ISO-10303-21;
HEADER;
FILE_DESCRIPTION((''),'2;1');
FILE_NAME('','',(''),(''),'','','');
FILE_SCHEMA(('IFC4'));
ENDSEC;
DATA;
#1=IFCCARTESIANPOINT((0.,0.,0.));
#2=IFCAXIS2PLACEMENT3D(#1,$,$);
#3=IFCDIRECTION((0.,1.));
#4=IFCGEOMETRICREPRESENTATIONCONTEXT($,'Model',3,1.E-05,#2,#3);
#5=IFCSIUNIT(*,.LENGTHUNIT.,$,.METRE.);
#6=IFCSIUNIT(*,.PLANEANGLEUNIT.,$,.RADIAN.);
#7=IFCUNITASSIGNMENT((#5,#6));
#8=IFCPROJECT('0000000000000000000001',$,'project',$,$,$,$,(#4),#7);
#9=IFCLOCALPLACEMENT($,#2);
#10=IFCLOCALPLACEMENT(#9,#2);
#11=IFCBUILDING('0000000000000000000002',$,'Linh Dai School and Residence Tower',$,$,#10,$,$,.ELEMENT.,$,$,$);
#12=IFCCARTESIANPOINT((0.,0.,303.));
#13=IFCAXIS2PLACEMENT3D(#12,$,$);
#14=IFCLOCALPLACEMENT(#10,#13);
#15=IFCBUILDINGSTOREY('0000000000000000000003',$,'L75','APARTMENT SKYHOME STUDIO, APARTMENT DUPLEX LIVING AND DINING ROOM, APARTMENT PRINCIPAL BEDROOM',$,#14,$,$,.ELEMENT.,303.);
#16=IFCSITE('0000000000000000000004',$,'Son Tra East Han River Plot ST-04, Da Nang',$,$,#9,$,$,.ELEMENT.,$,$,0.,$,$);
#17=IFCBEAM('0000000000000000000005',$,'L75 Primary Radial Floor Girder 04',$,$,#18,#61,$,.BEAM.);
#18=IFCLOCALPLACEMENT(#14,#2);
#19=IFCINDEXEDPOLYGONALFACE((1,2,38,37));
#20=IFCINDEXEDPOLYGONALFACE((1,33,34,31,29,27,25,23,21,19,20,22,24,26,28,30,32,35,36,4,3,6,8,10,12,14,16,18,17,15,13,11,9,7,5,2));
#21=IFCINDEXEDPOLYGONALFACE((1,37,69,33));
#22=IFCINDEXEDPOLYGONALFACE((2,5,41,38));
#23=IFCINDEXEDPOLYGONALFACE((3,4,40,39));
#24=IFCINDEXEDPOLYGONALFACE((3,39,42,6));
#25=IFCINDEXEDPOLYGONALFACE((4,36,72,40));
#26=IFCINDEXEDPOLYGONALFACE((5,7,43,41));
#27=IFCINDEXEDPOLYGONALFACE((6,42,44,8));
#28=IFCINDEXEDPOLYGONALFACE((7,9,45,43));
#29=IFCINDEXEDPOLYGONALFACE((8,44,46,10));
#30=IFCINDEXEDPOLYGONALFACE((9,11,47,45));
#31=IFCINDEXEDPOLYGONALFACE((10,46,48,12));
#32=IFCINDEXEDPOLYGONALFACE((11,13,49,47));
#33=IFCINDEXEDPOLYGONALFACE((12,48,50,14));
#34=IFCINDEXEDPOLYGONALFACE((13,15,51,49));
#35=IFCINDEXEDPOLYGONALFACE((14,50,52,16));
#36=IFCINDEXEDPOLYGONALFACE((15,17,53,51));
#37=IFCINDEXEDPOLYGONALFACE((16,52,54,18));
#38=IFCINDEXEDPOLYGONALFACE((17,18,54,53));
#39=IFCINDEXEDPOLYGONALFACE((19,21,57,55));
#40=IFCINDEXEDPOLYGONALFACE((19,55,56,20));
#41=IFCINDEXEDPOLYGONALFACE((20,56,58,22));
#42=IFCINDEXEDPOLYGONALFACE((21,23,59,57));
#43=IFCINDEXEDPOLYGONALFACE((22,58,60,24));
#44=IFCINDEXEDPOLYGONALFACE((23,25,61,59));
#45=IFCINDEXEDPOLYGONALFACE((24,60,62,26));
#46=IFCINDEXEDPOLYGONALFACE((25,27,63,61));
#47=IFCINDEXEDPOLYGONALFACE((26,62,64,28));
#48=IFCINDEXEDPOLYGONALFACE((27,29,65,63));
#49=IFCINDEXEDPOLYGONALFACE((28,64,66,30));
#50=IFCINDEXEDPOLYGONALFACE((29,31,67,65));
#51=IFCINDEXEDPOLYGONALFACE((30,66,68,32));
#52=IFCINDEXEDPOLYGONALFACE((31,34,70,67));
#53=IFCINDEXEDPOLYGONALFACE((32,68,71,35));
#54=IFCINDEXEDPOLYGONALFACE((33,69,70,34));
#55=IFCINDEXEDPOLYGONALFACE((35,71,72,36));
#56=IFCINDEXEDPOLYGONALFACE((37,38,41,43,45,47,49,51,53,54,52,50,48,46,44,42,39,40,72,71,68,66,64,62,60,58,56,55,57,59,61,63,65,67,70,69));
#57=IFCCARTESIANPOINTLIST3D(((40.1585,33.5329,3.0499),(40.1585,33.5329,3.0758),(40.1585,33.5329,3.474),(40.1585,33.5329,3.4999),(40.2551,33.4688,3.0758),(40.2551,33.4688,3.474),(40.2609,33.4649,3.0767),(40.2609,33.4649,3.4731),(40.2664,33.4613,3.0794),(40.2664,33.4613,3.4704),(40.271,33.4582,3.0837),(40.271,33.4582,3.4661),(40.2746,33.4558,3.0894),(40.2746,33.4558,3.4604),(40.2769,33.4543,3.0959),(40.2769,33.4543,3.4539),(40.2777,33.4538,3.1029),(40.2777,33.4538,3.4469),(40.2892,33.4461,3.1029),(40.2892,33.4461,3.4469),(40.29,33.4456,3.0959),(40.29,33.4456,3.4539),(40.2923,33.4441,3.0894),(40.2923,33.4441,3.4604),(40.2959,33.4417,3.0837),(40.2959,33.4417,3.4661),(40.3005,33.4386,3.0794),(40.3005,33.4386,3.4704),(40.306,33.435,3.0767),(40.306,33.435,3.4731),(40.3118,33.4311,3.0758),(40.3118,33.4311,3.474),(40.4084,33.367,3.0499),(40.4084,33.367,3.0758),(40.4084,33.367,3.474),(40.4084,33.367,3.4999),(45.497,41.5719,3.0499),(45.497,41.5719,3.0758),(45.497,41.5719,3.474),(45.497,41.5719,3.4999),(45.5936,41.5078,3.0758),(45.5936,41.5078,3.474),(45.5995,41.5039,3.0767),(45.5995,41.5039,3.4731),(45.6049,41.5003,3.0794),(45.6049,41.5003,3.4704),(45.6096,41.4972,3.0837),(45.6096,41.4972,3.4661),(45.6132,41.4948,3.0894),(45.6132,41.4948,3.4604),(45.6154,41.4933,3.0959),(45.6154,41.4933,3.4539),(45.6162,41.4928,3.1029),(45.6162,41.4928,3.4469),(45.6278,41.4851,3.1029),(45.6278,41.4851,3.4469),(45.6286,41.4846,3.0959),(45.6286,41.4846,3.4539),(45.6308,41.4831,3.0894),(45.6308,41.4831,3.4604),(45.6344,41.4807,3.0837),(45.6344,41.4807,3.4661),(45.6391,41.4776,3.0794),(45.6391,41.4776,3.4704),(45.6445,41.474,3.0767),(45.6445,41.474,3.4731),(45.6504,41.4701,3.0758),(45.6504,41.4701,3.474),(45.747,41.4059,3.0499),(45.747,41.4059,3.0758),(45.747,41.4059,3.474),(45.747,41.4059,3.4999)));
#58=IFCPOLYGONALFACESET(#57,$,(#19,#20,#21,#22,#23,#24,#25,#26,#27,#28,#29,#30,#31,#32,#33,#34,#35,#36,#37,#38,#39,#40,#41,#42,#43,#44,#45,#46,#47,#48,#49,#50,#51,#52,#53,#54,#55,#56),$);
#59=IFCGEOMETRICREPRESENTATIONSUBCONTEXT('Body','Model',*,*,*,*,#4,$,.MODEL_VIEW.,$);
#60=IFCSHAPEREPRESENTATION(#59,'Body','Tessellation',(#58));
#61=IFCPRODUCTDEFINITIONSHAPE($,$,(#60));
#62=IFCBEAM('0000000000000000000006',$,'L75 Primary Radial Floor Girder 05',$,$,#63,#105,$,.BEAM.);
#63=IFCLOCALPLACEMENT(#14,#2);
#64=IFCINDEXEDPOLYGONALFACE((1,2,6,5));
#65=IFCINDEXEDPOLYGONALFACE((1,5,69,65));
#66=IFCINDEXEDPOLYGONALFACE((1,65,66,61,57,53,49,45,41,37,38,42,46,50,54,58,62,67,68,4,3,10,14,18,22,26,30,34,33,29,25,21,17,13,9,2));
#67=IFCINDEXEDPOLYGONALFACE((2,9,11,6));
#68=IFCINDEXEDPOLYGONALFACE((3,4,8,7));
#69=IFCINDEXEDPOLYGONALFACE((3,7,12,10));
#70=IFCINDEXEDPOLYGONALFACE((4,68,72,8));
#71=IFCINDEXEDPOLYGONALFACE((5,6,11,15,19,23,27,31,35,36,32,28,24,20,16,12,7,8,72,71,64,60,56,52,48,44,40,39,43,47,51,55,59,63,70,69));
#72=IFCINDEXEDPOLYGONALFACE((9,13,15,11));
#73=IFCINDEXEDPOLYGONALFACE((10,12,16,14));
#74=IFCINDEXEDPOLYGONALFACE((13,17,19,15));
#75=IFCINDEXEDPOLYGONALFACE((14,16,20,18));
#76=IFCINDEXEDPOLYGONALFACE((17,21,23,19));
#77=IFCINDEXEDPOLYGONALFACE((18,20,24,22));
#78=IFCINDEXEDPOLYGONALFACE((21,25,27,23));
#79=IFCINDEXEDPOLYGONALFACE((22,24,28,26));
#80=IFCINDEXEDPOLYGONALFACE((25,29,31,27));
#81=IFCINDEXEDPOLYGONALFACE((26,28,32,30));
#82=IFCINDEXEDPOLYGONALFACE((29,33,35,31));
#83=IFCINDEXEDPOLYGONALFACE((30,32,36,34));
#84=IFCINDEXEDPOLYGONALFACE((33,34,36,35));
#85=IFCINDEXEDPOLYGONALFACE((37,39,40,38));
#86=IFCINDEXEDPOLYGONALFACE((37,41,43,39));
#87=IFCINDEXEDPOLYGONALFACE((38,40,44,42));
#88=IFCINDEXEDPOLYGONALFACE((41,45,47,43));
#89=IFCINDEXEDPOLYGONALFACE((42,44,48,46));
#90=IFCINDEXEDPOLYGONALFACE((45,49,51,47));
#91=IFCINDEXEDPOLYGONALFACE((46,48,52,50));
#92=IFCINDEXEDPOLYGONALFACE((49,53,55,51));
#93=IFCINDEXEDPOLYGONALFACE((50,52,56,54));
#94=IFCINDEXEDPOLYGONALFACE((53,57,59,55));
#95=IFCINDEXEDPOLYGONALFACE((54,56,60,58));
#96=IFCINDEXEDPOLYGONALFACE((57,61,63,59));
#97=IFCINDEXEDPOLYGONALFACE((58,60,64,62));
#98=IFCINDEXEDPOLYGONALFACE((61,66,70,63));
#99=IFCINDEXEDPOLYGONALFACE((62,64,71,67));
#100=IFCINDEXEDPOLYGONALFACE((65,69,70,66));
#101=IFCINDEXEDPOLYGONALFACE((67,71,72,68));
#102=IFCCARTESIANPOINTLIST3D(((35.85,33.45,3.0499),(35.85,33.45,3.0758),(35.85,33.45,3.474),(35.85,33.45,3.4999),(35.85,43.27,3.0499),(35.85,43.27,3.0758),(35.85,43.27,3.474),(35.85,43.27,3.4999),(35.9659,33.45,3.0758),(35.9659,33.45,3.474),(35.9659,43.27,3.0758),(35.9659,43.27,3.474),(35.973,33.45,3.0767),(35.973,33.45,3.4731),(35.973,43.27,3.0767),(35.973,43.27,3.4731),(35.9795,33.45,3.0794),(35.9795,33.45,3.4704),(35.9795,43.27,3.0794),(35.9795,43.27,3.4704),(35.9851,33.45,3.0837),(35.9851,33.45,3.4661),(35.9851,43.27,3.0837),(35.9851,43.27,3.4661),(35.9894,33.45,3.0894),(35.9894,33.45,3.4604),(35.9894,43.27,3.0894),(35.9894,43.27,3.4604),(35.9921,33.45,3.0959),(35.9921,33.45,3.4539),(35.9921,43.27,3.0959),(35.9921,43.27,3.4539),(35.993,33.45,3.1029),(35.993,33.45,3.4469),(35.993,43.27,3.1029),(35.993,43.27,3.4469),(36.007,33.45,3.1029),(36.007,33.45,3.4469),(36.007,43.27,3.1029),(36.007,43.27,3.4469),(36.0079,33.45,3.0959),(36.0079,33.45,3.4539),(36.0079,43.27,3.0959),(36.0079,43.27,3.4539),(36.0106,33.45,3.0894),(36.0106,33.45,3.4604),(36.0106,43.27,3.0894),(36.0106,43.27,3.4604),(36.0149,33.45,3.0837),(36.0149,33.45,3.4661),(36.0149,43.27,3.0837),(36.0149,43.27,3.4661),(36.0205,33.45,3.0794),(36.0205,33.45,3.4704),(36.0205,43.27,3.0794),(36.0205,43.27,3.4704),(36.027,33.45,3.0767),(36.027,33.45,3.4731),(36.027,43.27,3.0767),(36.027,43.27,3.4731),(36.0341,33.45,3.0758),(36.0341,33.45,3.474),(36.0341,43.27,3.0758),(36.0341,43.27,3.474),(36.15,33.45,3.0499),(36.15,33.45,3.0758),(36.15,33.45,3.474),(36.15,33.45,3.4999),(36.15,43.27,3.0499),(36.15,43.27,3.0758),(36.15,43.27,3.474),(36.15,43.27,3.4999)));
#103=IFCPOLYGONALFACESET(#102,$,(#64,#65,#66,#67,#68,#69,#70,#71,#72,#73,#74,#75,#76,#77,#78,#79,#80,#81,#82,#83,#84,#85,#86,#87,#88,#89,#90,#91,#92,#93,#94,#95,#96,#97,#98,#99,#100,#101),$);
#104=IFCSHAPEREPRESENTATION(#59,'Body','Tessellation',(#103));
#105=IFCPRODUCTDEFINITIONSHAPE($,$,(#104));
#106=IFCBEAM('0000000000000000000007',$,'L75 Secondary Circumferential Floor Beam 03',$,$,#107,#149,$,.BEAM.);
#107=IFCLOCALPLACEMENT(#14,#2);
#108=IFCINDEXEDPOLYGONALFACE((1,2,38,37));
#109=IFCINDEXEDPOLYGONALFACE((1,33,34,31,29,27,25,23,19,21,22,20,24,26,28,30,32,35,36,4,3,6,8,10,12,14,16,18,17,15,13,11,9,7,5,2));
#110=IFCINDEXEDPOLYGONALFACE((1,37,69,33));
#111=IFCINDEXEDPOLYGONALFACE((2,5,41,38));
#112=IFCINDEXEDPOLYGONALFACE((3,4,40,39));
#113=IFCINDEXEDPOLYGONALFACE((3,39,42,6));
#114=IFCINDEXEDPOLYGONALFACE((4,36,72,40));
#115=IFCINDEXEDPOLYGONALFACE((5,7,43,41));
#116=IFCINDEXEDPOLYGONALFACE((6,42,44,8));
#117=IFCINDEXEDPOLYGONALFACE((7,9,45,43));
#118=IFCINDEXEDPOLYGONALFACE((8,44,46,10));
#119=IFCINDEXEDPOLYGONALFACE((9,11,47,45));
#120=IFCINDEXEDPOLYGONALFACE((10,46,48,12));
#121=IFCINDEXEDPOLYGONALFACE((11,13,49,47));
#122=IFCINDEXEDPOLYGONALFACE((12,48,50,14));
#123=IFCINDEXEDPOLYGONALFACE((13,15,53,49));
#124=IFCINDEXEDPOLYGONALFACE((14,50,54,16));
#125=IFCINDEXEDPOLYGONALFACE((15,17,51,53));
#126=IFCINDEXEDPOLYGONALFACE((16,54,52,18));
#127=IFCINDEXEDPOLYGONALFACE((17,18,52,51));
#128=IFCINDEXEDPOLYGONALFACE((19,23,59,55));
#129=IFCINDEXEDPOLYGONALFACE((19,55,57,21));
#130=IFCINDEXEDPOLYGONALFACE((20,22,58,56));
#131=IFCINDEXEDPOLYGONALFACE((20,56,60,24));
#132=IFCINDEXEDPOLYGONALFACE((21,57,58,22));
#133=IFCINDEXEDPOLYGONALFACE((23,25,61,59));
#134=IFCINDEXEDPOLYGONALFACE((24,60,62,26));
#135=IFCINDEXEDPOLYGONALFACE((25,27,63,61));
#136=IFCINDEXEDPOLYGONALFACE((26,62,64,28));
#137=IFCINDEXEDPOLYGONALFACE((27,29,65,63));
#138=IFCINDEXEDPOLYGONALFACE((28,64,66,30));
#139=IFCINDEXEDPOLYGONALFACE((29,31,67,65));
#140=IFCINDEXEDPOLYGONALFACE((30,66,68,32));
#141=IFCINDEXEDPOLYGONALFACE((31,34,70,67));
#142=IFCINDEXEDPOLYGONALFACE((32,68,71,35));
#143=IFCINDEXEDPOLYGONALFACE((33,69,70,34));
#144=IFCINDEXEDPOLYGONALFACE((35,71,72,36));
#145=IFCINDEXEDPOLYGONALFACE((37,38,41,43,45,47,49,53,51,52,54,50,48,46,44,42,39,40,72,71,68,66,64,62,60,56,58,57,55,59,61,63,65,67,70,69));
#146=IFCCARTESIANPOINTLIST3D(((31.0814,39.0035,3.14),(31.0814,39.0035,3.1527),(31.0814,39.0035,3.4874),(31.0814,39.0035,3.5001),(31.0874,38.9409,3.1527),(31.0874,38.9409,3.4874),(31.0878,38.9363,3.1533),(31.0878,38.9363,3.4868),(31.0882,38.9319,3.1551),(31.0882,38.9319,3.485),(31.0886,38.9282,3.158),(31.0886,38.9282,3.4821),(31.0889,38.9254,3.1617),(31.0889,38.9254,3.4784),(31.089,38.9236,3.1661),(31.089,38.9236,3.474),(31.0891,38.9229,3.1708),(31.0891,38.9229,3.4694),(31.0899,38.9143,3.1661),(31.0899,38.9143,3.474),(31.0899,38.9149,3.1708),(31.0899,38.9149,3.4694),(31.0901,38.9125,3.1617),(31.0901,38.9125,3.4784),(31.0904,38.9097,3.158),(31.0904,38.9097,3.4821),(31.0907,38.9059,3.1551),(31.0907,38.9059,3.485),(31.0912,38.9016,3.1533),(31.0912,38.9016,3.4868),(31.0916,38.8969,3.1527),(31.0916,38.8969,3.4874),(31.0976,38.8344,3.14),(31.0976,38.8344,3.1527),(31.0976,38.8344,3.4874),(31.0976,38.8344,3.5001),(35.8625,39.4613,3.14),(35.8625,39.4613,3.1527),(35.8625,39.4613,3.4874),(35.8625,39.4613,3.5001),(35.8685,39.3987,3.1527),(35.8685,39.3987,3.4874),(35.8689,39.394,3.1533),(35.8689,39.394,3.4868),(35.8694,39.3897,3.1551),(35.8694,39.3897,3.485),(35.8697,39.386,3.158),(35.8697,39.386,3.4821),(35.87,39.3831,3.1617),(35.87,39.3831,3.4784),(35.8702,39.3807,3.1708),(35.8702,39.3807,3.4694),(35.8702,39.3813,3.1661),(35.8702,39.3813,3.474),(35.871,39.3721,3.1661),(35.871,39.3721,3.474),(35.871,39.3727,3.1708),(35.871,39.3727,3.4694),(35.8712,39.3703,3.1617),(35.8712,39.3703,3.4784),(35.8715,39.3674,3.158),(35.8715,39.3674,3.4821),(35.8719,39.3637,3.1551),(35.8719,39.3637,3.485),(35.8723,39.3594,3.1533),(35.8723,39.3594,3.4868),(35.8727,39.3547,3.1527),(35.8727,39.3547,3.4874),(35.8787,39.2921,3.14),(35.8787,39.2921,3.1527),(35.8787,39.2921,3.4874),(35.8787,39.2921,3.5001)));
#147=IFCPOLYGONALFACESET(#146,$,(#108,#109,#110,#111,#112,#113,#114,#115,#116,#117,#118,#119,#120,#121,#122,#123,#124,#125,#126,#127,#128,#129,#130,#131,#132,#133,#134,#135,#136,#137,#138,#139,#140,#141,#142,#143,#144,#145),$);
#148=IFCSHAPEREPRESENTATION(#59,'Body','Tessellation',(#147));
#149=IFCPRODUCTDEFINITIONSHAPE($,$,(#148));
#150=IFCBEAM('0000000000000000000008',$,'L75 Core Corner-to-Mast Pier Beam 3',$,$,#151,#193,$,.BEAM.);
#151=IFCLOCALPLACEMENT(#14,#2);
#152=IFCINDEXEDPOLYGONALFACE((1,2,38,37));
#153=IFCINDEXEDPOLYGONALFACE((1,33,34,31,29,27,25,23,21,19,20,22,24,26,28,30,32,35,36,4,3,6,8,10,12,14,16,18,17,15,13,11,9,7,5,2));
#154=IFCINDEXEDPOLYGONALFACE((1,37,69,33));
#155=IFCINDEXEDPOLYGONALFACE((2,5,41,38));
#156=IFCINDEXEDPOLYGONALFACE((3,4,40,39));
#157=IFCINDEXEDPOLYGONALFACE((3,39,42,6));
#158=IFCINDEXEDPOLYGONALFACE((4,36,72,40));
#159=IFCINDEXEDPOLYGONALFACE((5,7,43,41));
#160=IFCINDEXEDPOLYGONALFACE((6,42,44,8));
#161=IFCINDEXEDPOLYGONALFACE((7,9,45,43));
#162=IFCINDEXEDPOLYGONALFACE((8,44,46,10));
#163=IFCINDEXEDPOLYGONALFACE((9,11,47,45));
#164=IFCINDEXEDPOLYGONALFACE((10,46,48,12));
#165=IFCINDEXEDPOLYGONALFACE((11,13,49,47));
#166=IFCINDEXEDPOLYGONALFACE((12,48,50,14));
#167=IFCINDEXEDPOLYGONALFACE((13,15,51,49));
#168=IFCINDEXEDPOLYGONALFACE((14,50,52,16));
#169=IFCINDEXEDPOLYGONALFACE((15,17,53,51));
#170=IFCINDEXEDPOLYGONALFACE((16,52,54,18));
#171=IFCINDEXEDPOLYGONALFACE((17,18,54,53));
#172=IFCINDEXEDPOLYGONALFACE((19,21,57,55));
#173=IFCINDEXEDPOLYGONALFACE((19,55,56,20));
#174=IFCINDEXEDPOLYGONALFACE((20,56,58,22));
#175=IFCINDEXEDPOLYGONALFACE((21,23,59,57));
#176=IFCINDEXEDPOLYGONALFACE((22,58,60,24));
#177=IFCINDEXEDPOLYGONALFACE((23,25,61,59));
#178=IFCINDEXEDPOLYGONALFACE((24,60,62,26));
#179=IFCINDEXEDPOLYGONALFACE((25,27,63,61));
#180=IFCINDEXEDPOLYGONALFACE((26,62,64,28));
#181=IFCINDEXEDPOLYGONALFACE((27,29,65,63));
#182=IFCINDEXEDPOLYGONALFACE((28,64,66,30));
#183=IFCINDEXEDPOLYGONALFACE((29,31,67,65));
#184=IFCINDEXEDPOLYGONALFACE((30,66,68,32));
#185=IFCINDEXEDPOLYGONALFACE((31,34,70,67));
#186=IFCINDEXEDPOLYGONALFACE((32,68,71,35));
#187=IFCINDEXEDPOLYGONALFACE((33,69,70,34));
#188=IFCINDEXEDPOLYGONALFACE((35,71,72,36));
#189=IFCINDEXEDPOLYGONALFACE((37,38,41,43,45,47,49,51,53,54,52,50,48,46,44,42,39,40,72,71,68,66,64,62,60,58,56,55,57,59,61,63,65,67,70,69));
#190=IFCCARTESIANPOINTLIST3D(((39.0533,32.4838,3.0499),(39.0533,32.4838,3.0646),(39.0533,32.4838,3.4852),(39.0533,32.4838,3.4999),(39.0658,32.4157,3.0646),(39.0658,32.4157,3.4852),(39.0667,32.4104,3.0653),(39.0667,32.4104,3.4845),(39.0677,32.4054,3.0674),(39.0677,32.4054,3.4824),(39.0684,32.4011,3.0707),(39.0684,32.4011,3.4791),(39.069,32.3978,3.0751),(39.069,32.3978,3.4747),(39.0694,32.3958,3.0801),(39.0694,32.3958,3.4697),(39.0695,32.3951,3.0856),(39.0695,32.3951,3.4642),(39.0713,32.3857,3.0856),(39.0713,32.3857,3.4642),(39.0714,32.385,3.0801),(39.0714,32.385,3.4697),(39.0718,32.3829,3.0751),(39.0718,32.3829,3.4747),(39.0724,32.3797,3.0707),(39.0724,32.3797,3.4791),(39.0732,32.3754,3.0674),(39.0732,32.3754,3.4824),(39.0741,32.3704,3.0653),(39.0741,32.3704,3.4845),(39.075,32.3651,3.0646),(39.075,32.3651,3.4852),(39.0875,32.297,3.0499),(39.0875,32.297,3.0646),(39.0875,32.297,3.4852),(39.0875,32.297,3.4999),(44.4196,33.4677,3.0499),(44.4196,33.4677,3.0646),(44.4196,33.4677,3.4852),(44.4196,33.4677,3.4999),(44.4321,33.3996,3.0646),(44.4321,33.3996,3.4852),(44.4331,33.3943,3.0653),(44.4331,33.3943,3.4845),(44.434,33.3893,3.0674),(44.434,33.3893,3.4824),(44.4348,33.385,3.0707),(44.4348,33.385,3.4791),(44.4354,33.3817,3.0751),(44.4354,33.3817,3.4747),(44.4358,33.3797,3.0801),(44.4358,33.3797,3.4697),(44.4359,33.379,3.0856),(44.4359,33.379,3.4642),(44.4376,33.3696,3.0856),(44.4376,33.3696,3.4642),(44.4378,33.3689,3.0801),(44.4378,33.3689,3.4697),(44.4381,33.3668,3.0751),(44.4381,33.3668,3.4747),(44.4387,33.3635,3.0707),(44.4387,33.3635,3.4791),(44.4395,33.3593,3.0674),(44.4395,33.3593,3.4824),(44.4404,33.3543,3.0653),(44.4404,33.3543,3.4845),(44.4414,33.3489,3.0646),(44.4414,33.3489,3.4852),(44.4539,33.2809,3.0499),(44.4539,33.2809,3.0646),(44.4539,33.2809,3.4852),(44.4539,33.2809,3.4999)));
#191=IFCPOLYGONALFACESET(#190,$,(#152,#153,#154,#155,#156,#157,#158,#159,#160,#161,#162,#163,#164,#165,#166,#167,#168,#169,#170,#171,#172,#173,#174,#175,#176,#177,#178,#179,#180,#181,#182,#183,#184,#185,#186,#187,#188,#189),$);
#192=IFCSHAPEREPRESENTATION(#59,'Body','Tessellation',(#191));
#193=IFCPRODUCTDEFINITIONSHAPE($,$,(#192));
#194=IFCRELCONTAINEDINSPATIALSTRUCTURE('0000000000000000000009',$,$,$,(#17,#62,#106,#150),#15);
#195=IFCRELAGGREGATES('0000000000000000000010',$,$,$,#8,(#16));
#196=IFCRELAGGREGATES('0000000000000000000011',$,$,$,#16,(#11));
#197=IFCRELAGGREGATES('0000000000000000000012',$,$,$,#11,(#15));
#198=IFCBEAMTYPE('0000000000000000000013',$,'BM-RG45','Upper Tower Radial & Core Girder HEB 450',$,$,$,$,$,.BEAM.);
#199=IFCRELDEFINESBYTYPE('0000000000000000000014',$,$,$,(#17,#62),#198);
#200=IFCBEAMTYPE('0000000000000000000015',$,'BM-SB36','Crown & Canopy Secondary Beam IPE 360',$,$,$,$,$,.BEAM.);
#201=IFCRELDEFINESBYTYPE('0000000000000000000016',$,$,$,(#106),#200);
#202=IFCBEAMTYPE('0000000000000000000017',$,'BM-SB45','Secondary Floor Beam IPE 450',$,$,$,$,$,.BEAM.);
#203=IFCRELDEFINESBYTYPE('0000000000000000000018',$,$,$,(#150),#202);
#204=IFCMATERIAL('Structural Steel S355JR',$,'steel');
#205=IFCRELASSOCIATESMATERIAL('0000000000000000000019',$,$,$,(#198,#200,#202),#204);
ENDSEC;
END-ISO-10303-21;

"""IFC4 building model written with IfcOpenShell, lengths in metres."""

from ifc_helpers import new_model, si_unit, direction, frame, origin, origin_2d, place, context, subcontext, project, spatial, i_section, extrude, material, material_profile, profile_set, type_object, element, save


model = new_model("IFC4")

# Units and contexts
model_context = context("Model", 3, precision=1e-05, world=origin(), true_north=direction((0.0, 1.0)))
body_context = subcontext(model_context, "Body", "Model", "MODEL_VIEW")
ifc_project = project(units=[si_unit("LENGTHUNIT", "METRE"), si_unit("PLANEANGLEUNIT", "RADIAN")], contexts=[model_context])

# Site, building, storey
site_placement = place(None, origin())
site = spatial("IfcSite", under=ifc_project, at=site_placement, Name="Son Tra East Han River Plot ST-04, Da Nang", CompositionType="ELEMENT", RefElevation=0.0)
building_placement = place(site_placement, origin())
building = spatial("IfcBuilding", under=site, at=building_placement, Name="Linh Dai School and Residence Tower", CompositionType="ELEMENT")
storey_placement = place(building_placement, frame((0.0, 0.0, 303.0)))
storey = spatial("IfcBuildingStorey", under=building, at=storey_placement, Name="L75", Description="APARTMENT SKYHOME STUDIO, APARTMENT DUPLEX LIVING AND DINING ROOM, APARTMENT PRINCIPAL BEDROOM", CompositionType="ELEMENT", Elevation=303.0)

# Shared definitions
ifc_material_1 = material(Name="Structural Steel S355JR", Category="steel")

# Beams
ifc_material_profile_1 = material_profile(ifc_material_1, i_section(OverallWidth=0.3, OverallDepth=0.45, WebThickness=0.0139, FlangeThickness=0.0259, FilletRadius=0.0271, at=origin_2d()), Name="HEB 450")
ifc_profile_set_1 = profile_set([ifc_material_profile_1], Name="Structural Steel S355JR")
beam_type_1 = type_object("IfcBeamType", Name="BM-RG45", Description="Upper Tower Radial & Core Girder HEB 450", PredefinedType="BEAM", material=ifc_profile_set_1)
beam_1_placement = place(storey_placement, frame((40.2834, 33.45, 3.2749), z_axis=(0.553211, 0.833041, 0.0), x_axis=(-0.833041, 0.553211, 0.0)))
element("IfcBeam", 1, at=beam_1_placement, inside=storey, type_object=beam_type_1, Name="L75 Primary Radial Floor Girder 04", PredefinedType="BEAM", context=body_context, shape_type="SweptSolid", body=[
    extrude(i_section(OverallWidth=0.3, OverallDepth=0.45, WebThickness=0.0139, FlangeThickness=0.0259, FilletRadius=0.0271, at=origin_2d()), origin(), (0.0, 0.0, 1.0), 9.6501),
])
beam_2_placement = place(storey_placement, frame((36.0, 33.45, 3.2749), z_axis=(0.0, 1.0, 0.0), x_axis=(-1.0, 0.0, 0.0)))
element("IfcBeam", 2, at=beam_2_placement, inside=storey, type_object=beam_type_1, Name="L75 Primary Radial Floor Girder 05", PredefinedType="BEAM", context=body_context, shape_type="SweptSolid", body=[
    extrude(i_section(OverallWidth=0.3, OverallDepth=0.45, WebThickness=0.0139, FlangeThickness=0.0259, FilletRadius=0.0271, at=origin_2d()), origin(), (0.0, 0.0, 1.0), 9.8201),
])
ifc_material_profile_2 = material_profile(ifc_material_1, i_section(OverallWidth=0.1699, OverallDepth=0.3601, WebThickness=0.0081, FlangeThickness=0.0127, FilletRadius=0.0181, at=origin_2d()), Name="IPE 360")
ifc_profile_set_2 = profile_set([ifc_material_profile_2], Name="Structural Steel S355JR")
beam_type_2 = type_object("IfcBeamType", Name="BM-SB36", Description="Crown & Canopy Secondary Beam IPE 360", PredefinedType="BEAM", material=ifc_profile_set_2)
beam_3_placement = place(storey_placement, frame((35.8706, 39.3767, 3.3201), z_axis=(-0.995448, -0.09531, 0.0), x_axis=(0.09531, -0.995448, 0.0)))
element("IfcBeam", 3, at=beam_3_placement, inside=storey, type_object=beam_type_2, Name="L75 Secondary Circumferential Floor Beam 03", PredefinedType="BEAM", context=body_context, shape_type="SweptSolid", body=[
    extrude(i_section(OverallWidth=0.1699, OverallDepth=0.3601, WebThickness=0.0081, FlangeThickness=0.0127, FilletRadius=0.0181, at=origin_2d()), origin(), (0.0, 0.0, 1.0), 4.803),
])
ifc_material_profile_3 = material_profile(ifc_material_1, i_section(OverallWidth=0.1899, OverallDepth=0.45, WebThickness=0.0095, FlangeThickness=0.0146, FilletRadius=0.021, at=origin_2d()), Name="IPE 450")
ifc_profile_set_3 = profile_set([ifc_material_profile_3], Name="Structural Steel S355JR")
beam_type_3 = type_object("IfcBeamType", Name="BM-SB45", Description="Secondary Floor Beam IPE 450", PredefinedType="BEAM", material=ifc_profile_set_3)
beam_4_placement = place(storey_placement, frame((44.4368, 33.3743, 3.2749), z_axis=(-0.983605, -0.180334, 0.0), x_axis=(0.180334, -0.983605, 0.0)))
element("IfcBeam", 4, at=beam_4_placement, inside=storey, type_object=beam_type_3, Name="L75 Core Corner-to-Mast Pier Beam 3", PredefinedType="BEAM", context=body_context, shape_type="SweptSolid", body=[
    extrude(i_section(OverallWidth=0.1899, OverallDepth=0.45, WebThickness=0.0095, FlangeThickness=0.0146, FilletRadius=0.021, at=origin_2d()), origin(), (0.0, 0.0, 1.0), 5.4558),
])

save(model, "model.ifc")
